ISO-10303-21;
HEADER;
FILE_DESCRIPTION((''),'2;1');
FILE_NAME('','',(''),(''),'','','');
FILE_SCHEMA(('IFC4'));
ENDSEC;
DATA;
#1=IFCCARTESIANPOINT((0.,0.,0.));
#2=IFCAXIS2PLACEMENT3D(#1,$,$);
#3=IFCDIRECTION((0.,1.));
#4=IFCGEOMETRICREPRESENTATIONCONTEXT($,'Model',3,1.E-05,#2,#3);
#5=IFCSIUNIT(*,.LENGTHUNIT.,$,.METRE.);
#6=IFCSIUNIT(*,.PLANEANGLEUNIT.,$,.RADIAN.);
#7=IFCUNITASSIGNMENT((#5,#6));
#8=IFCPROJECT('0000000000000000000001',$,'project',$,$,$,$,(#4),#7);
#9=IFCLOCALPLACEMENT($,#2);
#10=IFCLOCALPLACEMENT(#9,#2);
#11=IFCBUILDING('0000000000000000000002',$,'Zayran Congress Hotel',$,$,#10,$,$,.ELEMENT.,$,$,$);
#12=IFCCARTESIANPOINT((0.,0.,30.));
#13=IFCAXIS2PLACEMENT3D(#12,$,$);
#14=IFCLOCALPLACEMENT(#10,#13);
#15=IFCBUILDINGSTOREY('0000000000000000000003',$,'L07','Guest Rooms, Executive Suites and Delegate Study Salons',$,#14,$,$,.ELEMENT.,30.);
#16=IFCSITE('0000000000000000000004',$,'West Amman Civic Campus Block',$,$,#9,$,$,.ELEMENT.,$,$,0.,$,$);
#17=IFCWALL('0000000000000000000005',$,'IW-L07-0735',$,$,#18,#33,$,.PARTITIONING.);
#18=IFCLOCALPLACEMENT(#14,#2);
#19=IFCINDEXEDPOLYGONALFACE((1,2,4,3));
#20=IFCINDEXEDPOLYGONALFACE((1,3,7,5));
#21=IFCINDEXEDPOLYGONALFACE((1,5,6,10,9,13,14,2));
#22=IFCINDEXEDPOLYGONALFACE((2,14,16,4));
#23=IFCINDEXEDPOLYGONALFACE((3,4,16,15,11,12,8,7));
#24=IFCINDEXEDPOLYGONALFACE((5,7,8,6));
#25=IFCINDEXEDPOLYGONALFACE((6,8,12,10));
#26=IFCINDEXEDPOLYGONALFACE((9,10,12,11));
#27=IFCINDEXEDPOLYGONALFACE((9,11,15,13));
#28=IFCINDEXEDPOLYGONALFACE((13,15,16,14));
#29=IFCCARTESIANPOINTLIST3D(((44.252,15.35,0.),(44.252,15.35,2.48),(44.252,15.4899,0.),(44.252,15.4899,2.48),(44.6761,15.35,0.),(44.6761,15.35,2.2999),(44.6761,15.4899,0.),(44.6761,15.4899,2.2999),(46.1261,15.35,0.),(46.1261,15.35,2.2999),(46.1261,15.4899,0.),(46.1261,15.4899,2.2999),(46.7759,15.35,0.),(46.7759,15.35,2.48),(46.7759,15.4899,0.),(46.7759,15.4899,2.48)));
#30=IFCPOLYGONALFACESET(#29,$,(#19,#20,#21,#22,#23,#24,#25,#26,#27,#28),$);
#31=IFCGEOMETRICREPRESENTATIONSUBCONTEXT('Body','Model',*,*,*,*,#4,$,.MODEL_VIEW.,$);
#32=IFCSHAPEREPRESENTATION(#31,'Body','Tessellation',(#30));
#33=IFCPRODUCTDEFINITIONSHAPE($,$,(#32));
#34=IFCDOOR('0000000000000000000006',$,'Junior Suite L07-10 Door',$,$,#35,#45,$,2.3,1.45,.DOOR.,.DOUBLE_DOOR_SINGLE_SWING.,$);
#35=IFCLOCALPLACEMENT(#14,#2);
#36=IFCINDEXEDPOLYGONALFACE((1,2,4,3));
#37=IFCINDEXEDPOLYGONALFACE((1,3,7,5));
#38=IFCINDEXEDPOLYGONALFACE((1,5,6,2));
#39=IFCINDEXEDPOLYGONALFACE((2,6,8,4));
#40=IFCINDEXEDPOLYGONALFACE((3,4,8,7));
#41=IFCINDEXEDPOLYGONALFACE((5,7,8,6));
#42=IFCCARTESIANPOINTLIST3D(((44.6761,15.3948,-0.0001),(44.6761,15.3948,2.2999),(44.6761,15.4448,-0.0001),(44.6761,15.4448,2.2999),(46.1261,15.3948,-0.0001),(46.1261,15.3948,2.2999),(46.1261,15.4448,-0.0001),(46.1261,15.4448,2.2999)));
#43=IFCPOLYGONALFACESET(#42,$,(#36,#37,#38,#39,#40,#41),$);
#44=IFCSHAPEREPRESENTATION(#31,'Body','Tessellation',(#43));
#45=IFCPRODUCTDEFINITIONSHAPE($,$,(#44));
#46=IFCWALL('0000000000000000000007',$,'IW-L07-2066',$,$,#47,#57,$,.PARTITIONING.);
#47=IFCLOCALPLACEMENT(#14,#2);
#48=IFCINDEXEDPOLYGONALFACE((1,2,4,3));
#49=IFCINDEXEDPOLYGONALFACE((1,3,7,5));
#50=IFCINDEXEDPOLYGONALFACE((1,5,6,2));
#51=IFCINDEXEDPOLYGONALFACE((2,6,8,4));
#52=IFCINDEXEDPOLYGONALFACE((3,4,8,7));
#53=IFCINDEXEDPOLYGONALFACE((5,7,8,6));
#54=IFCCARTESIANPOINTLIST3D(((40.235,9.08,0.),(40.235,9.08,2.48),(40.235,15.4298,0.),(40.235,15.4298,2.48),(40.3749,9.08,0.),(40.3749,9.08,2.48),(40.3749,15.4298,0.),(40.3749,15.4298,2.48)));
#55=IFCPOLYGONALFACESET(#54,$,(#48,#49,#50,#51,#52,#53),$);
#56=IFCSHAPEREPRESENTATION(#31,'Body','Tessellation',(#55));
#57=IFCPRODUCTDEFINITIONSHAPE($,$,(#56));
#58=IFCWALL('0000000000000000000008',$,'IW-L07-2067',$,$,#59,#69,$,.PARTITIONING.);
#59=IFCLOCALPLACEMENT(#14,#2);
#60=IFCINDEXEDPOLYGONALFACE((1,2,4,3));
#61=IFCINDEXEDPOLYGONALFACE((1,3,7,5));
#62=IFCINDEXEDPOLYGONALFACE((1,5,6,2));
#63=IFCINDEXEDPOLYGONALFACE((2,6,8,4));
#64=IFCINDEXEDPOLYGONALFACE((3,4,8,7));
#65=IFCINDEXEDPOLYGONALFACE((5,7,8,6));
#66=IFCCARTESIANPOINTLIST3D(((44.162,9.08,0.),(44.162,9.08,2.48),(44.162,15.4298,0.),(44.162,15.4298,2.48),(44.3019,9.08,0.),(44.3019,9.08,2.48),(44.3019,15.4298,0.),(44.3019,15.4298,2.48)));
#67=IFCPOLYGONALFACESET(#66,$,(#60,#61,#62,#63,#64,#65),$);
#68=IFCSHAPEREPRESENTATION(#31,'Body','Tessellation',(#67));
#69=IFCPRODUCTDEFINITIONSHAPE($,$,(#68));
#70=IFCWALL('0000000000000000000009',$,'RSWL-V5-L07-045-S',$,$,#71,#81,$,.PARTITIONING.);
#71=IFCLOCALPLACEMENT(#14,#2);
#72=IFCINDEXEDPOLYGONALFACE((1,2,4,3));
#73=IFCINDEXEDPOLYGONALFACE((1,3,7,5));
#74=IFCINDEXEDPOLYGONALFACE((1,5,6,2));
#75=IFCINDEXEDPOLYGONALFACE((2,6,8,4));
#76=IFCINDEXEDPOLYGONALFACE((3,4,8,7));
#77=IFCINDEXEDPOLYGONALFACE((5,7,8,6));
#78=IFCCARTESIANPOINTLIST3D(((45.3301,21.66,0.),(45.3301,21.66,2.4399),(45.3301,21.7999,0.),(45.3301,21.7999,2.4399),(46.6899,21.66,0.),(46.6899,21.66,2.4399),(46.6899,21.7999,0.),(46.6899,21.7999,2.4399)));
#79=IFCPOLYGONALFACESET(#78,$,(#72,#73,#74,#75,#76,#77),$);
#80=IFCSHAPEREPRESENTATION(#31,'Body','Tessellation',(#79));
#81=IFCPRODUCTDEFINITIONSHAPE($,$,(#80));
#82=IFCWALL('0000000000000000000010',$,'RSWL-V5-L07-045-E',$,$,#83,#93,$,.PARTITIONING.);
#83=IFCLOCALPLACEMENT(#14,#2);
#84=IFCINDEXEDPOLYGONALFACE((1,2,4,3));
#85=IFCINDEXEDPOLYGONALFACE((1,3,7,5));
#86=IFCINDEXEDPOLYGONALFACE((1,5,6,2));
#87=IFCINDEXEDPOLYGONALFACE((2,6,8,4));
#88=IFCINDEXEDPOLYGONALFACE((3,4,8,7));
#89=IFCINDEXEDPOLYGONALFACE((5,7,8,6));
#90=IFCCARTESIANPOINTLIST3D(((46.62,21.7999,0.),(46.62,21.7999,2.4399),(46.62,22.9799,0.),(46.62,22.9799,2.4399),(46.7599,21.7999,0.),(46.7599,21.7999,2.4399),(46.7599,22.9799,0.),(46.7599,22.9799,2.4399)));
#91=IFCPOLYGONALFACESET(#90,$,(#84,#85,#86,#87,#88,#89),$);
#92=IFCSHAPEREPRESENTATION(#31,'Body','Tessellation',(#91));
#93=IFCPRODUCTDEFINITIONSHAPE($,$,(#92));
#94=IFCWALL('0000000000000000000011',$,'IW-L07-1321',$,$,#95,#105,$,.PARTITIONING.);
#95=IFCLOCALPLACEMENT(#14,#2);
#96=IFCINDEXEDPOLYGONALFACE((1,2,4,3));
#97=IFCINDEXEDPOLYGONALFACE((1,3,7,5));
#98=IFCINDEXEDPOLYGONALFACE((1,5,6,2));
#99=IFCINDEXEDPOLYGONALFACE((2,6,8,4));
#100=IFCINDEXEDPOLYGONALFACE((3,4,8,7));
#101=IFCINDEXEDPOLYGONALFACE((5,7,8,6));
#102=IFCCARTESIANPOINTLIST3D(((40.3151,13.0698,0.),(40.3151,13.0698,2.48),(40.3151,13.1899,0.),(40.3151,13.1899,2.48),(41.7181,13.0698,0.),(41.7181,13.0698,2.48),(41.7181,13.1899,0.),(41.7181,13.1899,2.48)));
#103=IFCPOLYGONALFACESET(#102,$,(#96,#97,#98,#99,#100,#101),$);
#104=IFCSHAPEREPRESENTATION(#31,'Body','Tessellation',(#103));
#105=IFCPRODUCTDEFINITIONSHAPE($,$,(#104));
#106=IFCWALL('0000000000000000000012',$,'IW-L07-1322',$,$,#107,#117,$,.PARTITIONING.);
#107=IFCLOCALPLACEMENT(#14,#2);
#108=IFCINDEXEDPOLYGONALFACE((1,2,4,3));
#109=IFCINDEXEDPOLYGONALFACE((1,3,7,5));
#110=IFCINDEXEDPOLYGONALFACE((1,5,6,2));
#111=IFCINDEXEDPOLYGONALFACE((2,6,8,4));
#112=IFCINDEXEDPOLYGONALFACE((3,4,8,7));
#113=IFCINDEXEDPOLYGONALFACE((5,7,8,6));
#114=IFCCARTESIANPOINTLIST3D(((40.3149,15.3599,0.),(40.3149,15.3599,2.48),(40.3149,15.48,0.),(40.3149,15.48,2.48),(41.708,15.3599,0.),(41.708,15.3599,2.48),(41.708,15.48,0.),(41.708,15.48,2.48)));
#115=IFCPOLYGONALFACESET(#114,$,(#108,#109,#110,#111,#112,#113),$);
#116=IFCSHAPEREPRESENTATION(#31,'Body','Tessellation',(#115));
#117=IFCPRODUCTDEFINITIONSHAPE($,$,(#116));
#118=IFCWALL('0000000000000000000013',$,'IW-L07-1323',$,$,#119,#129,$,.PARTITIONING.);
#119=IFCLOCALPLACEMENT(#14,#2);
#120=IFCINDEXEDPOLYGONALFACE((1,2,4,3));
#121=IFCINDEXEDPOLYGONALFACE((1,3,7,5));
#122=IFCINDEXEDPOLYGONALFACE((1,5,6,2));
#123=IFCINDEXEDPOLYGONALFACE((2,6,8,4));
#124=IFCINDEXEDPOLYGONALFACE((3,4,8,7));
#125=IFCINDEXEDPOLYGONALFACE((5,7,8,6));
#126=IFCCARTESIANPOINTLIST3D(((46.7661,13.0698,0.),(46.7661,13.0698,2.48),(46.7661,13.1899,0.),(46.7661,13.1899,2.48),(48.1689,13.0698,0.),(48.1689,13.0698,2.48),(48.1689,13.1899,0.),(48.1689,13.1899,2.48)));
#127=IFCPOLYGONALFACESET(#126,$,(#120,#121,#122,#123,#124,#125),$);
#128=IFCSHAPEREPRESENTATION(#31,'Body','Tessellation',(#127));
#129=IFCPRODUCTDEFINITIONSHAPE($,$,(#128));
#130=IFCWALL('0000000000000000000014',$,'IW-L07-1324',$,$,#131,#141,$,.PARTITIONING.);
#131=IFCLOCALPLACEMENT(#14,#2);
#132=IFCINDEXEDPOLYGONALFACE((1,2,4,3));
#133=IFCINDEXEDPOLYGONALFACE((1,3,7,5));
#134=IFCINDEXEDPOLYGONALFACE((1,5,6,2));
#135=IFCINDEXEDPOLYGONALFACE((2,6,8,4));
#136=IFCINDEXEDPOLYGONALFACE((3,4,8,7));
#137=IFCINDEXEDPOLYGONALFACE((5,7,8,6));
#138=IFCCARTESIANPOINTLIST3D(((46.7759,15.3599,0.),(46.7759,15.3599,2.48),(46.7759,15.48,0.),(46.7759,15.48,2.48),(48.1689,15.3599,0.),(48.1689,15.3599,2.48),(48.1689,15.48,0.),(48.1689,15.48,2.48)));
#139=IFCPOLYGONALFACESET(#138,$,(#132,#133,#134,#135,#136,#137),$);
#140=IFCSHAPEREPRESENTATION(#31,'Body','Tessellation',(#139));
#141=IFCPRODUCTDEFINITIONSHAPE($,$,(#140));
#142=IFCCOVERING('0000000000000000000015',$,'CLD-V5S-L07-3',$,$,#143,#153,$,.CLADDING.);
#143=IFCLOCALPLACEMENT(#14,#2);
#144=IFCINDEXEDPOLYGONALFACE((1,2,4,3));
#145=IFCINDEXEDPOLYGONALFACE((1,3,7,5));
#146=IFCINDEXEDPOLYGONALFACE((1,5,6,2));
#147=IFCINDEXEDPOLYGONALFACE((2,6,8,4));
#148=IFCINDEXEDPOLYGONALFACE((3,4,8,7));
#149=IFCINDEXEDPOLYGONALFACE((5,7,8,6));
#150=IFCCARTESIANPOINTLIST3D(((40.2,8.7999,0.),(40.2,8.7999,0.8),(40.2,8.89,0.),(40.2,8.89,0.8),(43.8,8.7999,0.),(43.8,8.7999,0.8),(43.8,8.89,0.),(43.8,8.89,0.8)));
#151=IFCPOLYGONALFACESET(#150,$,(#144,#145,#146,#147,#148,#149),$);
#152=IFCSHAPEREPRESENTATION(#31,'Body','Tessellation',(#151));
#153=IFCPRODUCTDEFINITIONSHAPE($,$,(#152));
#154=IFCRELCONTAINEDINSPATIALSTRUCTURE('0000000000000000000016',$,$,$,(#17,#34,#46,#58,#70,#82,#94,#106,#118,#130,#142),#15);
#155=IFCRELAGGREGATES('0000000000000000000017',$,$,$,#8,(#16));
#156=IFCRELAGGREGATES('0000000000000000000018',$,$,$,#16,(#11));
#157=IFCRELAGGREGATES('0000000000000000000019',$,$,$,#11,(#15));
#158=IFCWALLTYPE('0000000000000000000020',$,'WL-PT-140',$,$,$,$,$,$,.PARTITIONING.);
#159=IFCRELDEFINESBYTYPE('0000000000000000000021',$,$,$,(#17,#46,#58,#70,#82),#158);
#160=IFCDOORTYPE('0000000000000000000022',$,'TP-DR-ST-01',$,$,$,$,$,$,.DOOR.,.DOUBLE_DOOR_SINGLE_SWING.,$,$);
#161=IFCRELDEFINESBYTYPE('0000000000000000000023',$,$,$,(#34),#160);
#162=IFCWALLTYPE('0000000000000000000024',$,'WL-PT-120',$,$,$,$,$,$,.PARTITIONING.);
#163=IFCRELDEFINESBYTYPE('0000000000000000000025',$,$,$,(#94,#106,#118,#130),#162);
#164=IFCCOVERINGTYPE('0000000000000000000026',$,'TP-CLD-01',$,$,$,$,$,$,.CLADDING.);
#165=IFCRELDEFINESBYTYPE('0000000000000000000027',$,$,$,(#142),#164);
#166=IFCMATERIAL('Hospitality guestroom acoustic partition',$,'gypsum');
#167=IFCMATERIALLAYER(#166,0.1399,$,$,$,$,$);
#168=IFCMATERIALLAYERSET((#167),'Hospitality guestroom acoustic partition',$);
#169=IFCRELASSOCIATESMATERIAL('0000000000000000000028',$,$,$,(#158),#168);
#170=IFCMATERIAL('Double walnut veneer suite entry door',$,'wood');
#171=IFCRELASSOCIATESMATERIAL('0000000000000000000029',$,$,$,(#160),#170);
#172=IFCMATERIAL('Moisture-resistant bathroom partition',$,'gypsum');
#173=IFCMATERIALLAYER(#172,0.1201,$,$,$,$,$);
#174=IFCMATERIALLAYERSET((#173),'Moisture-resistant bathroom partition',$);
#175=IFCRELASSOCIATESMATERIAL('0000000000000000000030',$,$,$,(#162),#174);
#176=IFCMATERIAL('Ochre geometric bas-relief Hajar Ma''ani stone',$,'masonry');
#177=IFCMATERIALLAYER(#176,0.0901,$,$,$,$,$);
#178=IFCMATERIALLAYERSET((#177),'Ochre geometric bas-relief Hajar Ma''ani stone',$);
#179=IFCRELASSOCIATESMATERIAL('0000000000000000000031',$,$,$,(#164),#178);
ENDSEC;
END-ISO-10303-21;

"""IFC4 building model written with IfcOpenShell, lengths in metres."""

from ifc_helpers import new_model, si_unit, direction, frame, frame_2d, origin, origin_2d, place, context, subcontext, project, spatial, rectangle, extrude, material, layer, layer_set, type_object, element, fill, save


model = new_model("IFC4")

# Units and contexts
model_context = context("Model", 3, precision=1e-05, world=origin(), true_north=direction((0.0, 1.0)))
body_context = subcontext(model_context, "Body", "Model", "MODEL_VIEW")
ifc_project = project(units=[si_unit("LENGTHUNIT", "METRE"), si_unit("PLANEANGLEUNIT", "RADIAN")], contexts=[model_context])

# Site, building, storey
site_placement = place(None, origin())
site = spatial("IfcSite", under=ifc_project, at=site_placement, Name="West Amman Civic Campus Block", CompositionType="ELEMENT", RefElevation=0.0)
building_placement = place(site_placement, origin())
building = spatial("IfcBuilding", under=site, at=building_placement, Name="Zayran Congress Hotel", CompositionType="ELEMENT")
storey_placement = place(building_placement, frame((0.0, 0.0, 30.0)))
storey = spatial("IfcBuildingStorey", under=building, at=storey_placement, Name="L07", Description="Guest Rooms, Executive Suites and Delegate Study Salons", CompositionType="ELEMENT", Elevation=30.0)

# Wall, opening, door
ifc_material_1 = material(Name="Hospitality guestroom acoustic partition", Category="gypsum")
ifc_layer_1 = layer(ifc_material_1, 0.1399)
ifc_layer_set_1 = layer_set([ifc_layer_1], Name="Hospitality guestroom acoustic partition")
wall_type_1 = type_object("IfcWallType", Name="WL-PT-140", PredefinedType="PARTITIONING", material=ifc_layer_set_1)
wall_1_placement = place(storey_placement, frame((44.252, 15.4199, 0.0), z_axis=(0.0, 0.0, 1.0), x_axis=(1.0, 0.0, 0.0)))
wall_1 = element("IfcWall", 1, at=wall_1_placement, inside=storey, type_object=wall_type_1, Name="IW-L07-0735", PredefinedType="PARTITIONING", context=body_context, shape_type="SweptSolid", body=[
    extrude(rectangle(XDim=2.5239, YDim=0.1399, at=frame_2d((1.262, 0.0))), origin(), (0.0, 0.0, 1.0), 2.48),
])
opening_1_placement = place(wall_1_placement, frame((0.4241, 0.0, 0.0)))
opening_1 = element("IfcOpeningElement", 2, at=opening_1_placement, cuts=wall_1, PredefinedType="OPENING", context=body_context, shape_type="SweptSolid", body=[
    extrude(rectangle(XDim=1.45, YDim=2.3, at=frame_2d((0.7251, 1.1499))), frame((0.0, 0.0798, 0.0), z_axis=(0.0, -1.0, 0.0), x_axis=(1.0, 0.0, 0.0)), (0.0, 0.0, 1.0), 0.1599),
])
ifc_material_2 = material(Name="Double walnut veneer suite entry door", Category="wood")
door_type_1 = type_object("IfcDoorType", Name="TP-DR-ST-01", OperationType="DOUBLE_DOOR_SINGLE_SWING", PredefinedType="DOOR", material=ifc_material_2)
door_1_placement = place(opening_1_placement, origin())
door_1 = element("IfcDoor", 3, at=door_1_placement, inside=storey, type_object=door_type_1, Name="Junior Suite L07-10 Door", OperationType="DOUBLE_DOOR_SINGLE_SWING", OverallHeight=2.3, OverallWidth=1.45, PredefinedType="DOOR", context=body_context, shape_type="SweptSolid", body=[
    extrude(rectangle(XDim=1.45, YDim=2.3, at=frame_2d((0.7251, 1.1499))), frame((0.0, 0.0249, 0.0), z_axis=(0.0, -1.0, 0.0), x_axis=(1.0, 0.0, 0.0)), (0.0, 0.0, 1.0), 0.05),
])
fill(opening_1, door_1)

# Walls
for number, where, z_axis, x_axis, name in (
    (4, (40.3049, 9.0801, 0.0), (0.0, 0.0, 1.0), (0.0, 1.0, 0.0), "IW-L07-2066"),
    (5, (44.2319, 9.0801, 0.0), (0.0, 0.0, 1.0), (0.0, 1.0, 0.0), "IW-L07-2067"),
):
    element("IfcWall", number, at=place(storey_placement, frame(where, z_axis=z_axis, x_axis=x_axis)), inside=storey, type_object=wall_type_1, Name=name, PredefinedType="PARTITIONING", context=body_context, shape_type="SweptSolid", body=[
        extrude(rectangle(XDim=6.3499, YDim=0.1399, at=frame_2d((3.1748, 0.0))), origin(), (0.0, 0.0, 1.0), 2.48),
    ])
wall_2_placement = place(storey_placement, frame((45.3301, 21.73, 0.0), z_axis=(0.0, 0.0, 1.0), x_axis=(1.0, 0.0, 0.0)))
element("IfcWall", 6, at=wall_2_placement, inside=storey, type_object=wall_type_1, Name="RSWL-V5-L07-045-S", PredefinedType="PARTITIONING", context=body_context, shape_type="SweptSolid", body=[
    extrude(rectangle(XDim=1.3599, YDim=0.1399, at=frame_2d((0.6799, 0.0))), origin(), (0.0, 0.0, 1.0), 2.4399),
])
wall_3_placement = place(storey_placement, frame((46.6899, 21.8, 0.0), z_axis=(0.0, 0.0, 1.0), x_axis=(0.0, 1.0, 0.0)))
element("IfcWall", 7, at=wall_3_placement, inside=storey, type_object=wall_type_1, Name="RSWL-V5-L07-045-E", PredefinedType="PARTITIONING", context=body_context, shape_type="SweptSolid", body=[
    extrude(rectangle(XDim=1.1799, YDim=0.1399, at=frame_2d((0.5898, 0.0))), origin(), (0.0, 0.0, 1.0), 2.4399),
])

# Shared definitions
ifc_material_3 = material(Name="Moisture-resistant bathroom partition", Category="gypsum")
ifc_layer_2 = layer(ifc_material_3, 0.1201)
ifc_layer_set_2 = layer_set([ifc_layer_2], Name="Moisture-resistant bathroom partition")
wall_type_2 = type_object("IfcWallType", Name="WL-PT-120", PredefinedType="PARTITIONING", material=ifc_layer_set_2)

# Walls
wall_4_placement = place(storey_placement, frame((40.3149, 13.1299, 0.0), z_axis=(0.0, 0.0, 1.0), x_axis=(1.0, 0.0, 0.0)))
element("IfcWall", 8, at=wall_4_placement, inside=storey, type_object=wall_type_2, Name="IW-L07-1321", PredefinedType="PARTITIONING", context=body_context, shape_type="SweptSolid", body=[
    extrude(rectangle(XDim=1.4031, YDim=0.1201, at=frame_2d((0.7017, 0.0))), origin(), (0.0, 0.0, 1.0), 2.48),
])
wall_5_placement = place(storey_placement, frame((40.3149, 15.4199, 0.0), z_axis=(0.0, 0.0, 1.0), x_axis=(1.0, 0.0, 0.0)))
element("IfcWall", 9, at=wall_5_placement, inside=storey, type_object=wall_type_2, Name="IW-L07-1322", PredefinedType="PARTITIONING", context=body_context, shape_type="SweptSolid", body=[
    extrude(rectangle(XDim=1.3931, YDim=0.1201, at=frame_2d((0.6965, 0.0))), origin(), (0.0, 0.0, 1.0), 2.48),
])
wall_6_placement = place(storey_placement, frame((46.7661, 13.1299, 0.0), z_axis=(0.0, 0.0, 1.0), x_axis=(1.0, 0.0, 0.0)))
element("IfcWall", 10, at=wall_6_placement, inside=storey, type_object=wall_type_2, Name="IW-L07-1323", PredefinedType="PARTITIONING", context=body_context, shape_type="SweptSolid", body=[
    extrude(rectangle(XDim=1.4028, YDim=0.1201, at=frame_2d((0.7014, 0.0))), origin(), (0.0, 0.0, 1.0), 2.48),
])
wall_7_placement = place(storey_placement, frame((46.7759, 15.4199, 0.0), z_axis=(0.0, 0.0, 1.0), x_axis=(1.0, 0.0, 0.0)))
element("IfcWall", 11, at=wall_7_placement, inside=storey, type_object=wall_type_2, Name="IW-L07-1324", PredefinedType="PARTITIONING", context=body_context, shape_type="SweptSolid", body=[
    extrude(rectangle(XDim=1.3931, YDim=0.1201, at=frame_2d((0.6965, 0.0))), origin(), (0.0, 0.0, 1.0), 2.48),
])

# Covering
ifc_material_4 = material(Name="Ochre geometric bas-relief Hajar Ma'ani stone", Category="masonry")
ifc_layer_3 = layer(ifc_material_4, 0.0901)
ifc_layer_set_3 = layer_set([ifc_layer_3], Name="Ochre geometric bas-relief Hajar Ma'ani stone")
covering_type = type_object("IfcCoveringType", Name="TP-CLD-01", PredefinedType="CLADDING", material=ifc_layer_set_3)
covering_placement = place(storey_placement, frame((42.0, 8.845, 0.0), z_axis=(0.0, 0.0, 1.0), x_axis=(1.0, 0.0, 0.0)))
element("IfcCovering", 12, at=covering_placement, inside=storey, type_object=covering_type, Name="CLD-V5S-L07-3", PredefinedType="CLADDING", context=body_context, shape_type="SweptSolid", body=[
    extrude(rectangle(XDim=3.6001, YDim=0.0901, at=origin_2d()), origin(), (0.0, 0.0, 1.0), 0.8),
])

save(model, "model.ifc")
